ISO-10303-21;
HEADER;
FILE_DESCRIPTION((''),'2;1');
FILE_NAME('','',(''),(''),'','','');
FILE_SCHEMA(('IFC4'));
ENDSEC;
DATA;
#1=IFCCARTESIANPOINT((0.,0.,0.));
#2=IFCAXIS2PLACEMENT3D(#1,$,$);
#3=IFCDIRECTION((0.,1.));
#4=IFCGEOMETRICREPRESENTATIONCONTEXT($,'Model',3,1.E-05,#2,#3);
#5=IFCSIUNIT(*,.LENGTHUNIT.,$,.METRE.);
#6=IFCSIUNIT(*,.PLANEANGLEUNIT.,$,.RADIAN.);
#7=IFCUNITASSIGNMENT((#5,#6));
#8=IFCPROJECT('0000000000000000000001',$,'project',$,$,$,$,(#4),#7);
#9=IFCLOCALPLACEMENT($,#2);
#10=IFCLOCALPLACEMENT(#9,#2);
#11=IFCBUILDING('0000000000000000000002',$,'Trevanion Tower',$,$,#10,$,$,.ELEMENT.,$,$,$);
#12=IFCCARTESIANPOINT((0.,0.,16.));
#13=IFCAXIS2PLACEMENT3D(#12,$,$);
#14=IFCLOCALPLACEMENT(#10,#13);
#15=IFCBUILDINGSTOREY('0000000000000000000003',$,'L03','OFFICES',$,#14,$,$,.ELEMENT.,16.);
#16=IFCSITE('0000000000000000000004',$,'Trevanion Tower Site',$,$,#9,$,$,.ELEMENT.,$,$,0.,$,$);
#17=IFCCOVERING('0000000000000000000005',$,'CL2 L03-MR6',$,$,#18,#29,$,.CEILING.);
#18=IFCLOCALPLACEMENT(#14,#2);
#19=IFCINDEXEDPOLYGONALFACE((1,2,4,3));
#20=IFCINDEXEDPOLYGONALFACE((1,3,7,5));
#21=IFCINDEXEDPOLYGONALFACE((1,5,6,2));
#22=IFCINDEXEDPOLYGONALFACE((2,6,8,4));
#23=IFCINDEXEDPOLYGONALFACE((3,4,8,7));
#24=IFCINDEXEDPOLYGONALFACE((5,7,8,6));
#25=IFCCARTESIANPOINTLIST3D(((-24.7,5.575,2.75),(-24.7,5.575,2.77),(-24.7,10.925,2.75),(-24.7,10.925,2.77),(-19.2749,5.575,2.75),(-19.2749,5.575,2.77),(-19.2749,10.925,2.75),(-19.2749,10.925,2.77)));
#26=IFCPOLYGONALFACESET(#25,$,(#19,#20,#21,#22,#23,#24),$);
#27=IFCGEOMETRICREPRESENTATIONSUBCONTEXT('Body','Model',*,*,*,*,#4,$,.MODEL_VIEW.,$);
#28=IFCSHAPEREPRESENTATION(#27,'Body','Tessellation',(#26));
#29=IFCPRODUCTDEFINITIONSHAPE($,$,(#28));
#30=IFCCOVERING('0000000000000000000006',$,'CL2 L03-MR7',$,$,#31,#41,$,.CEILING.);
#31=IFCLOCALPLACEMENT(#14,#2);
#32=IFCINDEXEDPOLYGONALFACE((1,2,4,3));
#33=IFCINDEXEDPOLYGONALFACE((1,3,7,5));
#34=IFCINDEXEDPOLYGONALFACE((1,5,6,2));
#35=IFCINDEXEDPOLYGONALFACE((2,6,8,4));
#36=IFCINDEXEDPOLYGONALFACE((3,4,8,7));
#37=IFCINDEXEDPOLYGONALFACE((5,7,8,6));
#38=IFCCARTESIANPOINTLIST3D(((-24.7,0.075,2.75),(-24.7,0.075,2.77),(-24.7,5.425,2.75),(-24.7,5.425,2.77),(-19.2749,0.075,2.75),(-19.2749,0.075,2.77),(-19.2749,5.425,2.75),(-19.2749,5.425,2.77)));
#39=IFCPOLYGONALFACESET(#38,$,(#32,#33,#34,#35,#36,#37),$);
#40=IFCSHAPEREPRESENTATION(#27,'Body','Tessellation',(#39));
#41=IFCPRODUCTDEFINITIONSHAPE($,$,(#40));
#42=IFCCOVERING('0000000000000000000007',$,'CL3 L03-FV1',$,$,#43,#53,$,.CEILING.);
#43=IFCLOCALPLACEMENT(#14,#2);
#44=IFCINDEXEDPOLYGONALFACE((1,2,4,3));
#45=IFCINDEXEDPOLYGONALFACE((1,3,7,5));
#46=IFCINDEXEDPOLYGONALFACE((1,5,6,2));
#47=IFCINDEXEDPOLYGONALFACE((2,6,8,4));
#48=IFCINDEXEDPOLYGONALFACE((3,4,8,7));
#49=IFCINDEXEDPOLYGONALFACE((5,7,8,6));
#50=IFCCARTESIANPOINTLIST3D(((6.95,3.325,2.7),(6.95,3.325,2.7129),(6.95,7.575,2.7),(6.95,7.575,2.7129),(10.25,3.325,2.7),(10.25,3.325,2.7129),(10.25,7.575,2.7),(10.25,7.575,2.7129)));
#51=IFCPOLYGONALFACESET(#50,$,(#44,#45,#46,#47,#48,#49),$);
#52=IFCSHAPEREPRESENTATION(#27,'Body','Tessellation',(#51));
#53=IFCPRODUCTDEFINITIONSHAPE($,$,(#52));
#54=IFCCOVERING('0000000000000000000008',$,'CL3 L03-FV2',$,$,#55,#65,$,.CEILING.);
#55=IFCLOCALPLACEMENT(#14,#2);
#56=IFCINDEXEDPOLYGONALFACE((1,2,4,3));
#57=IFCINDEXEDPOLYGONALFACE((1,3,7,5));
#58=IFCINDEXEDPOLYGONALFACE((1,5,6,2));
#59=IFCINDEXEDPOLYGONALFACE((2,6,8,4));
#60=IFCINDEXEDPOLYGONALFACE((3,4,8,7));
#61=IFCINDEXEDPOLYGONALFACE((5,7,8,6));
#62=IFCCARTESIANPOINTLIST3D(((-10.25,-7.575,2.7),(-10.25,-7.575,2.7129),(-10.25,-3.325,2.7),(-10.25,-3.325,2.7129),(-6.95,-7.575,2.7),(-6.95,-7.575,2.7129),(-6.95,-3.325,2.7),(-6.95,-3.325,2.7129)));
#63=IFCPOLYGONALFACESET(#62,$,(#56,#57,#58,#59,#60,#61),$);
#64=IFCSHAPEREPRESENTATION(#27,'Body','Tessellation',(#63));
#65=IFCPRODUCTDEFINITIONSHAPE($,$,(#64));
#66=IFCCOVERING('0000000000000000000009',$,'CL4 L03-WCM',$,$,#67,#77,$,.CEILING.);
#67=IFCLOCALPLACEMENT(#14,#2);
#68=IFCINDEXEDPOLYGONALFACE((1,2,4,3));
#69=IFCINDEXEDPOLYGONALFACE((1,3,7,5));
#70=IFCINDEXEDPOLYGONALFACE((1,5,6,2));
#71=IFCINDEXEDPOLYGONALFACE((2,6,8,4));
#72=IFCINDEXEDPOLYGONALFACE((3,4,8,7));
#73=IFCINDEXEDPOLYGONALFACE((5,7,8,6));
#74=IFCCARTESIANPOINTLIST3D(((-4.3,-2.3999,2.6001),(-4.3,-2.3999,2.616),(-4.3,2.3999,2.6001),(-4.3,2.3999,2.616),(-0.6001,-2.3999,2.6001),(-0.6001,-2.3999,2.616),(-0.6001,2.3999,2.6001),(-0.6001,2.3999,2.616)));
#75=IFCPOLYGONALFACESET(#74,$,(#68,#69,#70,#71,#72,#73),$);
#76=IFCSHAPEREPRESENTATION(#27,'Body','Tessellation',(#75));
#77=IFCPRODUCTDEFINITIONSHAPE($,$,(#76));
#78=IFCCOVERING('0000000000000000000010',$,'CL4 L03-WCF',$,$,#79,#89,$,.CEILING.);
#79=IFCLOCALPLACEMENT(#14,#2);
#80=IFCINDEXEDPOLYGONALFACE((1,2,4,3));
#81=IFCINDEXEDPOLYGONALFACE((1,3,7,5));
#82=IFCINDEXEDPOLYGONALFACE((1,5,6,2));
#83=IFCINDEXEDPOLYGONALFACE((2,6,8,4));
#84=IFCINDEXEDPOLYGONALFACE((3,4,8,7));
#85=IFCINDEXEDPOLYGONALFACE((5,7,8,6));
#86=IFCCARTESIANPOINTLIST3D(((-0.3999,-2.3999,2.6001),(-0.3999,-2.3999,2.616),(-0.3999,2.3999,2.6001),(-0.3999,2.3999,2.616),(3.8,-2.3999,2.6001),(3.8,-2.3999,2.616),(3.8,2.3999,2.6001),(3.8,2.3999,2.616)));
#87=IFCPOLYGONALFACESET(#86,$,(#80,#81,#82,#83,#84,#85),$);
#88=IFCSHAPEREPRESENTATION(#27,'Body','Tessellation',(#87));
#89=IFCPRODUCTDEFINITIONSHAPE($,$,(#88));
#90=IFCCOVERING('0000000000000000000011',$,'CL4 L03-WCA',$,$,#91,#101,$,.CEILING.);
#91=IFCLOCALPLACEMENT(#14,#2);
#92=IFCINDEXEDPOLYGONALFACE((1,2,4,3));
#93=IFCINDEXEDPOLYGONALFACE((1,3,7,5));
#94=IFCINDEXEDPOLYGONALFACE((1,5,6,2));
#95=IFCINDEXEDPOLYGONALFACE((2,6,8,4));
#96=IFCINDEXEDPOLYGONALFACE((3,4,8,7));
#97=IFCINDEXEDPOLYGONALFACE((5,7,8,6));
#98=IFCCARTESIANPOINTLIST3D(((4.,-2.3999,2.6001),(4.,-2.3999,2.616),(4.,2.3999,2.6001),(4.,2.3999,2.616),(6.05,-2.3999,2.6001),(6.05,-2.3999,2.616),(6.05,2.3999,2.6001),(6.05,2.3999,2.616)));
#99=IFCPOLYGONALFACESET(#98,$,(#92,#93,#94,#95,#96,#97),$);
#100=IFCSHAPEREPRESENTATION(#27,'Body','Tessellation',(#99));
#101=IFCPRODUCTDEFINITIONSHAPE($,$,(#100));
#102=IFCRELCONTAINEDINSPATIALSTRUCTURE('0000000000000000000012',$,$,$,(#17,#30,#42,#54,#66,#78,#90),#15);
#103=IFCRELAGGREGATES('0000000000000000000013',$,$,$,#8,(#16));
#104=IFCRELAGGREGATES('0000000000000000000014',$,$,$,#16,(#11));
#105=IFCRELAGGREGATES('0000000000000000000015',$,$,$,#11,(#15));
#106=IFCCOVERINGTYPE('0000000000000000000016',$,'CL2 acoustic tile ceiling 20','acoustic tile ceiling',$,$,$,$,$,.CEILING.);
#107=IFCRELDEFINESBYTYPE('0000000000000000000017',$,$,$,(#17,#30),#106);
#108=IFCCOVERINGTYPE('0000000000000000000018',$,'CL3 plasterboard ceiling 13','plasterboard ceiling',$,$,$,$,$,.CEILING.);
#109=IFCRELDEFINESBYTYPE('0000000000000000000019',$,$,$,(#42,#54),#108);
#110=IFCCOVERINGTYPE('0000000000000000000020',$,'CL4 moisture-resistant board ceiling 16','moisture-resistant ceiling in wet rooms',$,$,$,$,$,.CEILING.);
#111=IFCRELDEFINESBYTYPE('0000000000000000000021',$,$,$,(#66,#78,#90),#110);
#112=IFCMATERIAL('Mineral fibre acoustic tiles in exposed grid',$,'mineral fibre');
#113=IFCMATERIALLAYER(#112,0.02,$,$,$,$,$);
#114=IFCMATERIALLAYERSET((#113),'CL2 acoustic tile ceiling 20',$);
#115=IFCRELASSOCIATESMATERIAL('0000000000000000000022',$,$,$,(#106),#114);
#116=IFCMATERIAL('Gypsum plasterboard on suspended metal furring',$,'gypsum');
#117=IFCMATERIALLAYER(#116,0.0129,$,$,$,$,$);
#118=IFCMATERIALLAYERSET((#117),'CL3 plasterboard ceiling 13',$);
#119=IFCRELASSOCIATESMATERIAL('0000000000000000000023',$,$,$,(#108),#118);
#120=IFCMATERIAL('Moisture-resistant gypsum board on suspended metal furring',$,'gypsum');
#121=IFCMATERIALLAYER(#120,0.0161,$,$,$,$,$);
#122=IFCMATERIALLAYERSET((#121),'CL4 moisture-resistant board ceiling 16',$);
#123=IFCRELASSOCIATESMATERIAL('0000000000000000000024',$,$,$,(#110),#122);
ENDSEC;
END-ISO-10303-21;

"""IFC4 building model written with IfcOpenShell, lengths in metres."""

from ifc_helpers import new_model, si_unit, direction, frame, origin, place, context, subcontext, project, spatial, polyline, outline, extrude, material, layer, layer_set, type_object, element, save


model = new_model("IFC4")

# Units and contexts
model_context = context("Model", 3, precision=1e-05, world=origin(), true_north=direction((0.0, 1.0)))
body_context = subcontext(model_context, "Body", "Model", "MODEL_VIEW")
ifc_project = project(units=[si_unit("LENGTHUNIT", "METRE"), si_unit("PLANEANGLEUNIT", "RADIAN")], contexts=[model_context])

# Site, building, storey
site_placement = place(None, origin())
site = spatial("IfcSite", under=ifc_project, at=site_placement, Name="Trevanion Tower Site", CompositionType="ELEMENT", RefElevation=0.0)
building_placement = place(site_placement, origin())
building = spatial("IfcBuilding", under=site, at=building_placement, Name="Trevanion Tower", CompositionType="ELEMENT")
storey_placement = place(building_placement, frame((0.0, 0.0, 16.0)))
storey = spatial("IfcBuildingStorey", under=building, at=storey_placement, Name="L03", Description="OFFICES", CompositionType="ELEMENT", Elevation=16.0)

# Coverings
ifc_material_1 = material(Name="Mineral fibre acoustic tiles in exposed grid", Category="mineral fibre")
ifc_layer_1 = layer(ifc_material_1, 0.02)
ifc_layer_set_1 = layer_set([ifc_layer_1], Name="CL2 acoustic tile ceiling 20")
covering_type_1 = type_object("IfcCoveringType", Name="CL2 acoustic tile ceiling 20", Description="acoustic tile ceiling", PredefinedType="CEILING", material=ifc_layer_set_1)
covering_1_placement = place(storey_placement, frame((0.0, 0.0, 2.75)))
element("IfcCovering", 1, at=covering_1_placement, inside=storey, type_object=covering_type_1, Name="CL2 L03-MR6", PredefinedType="CEILING", context=body_context, shape_type="SweptSolid", body=[
    extrude(outline(polyline([(-19.2749, 10.925), (-19.2749, 5.575), (-24.7, 5.575), (-24.7, 10.925), (-19.2749, 10.925)])), origin(), (0.0, 0.0, 1.0), 0.02),
])
covering_2_placement = place(storey_placement, frame((0.0, 0.0, 2.75)))
element("IfcCovering", 2, at=covering_2_placement, inside=storey, type_object=covering_type_1, Name="CL2 L03-MR7", PredefinedType="CEILING", context=body_context, shape_type="SweptSolid", body=[
    extrude(outline(polyline([(-19.2749, 5.425), (-19.2749, 0.075), (-24.7, 0.075), (-24.7, 5.425), (-19.2749, 5.425)])), origin(), (0.0, 0.0, 1.0), 0.02),
])
ifc_material_2 = material(Name="Gypsum plasterboard on suspended metal furring", Category="gypsum")
ifc_layer_2 = layer(ifc_material_2, 0.0129)
ifc_layer_set_2 = layer_set([ifc_layer_2], Name="CL3 plasterboard ceiling 13")
covering_type_2 = type_object("IfcCoveringType", Name="CL3 plasterboard ceiling 13", Description="plasterboard ceiling", PredefinedType="CEILING", material=ifc_layer_set_2)
covering_3_placement = place(storey_placement, frame((0.0, 0.0, 2.7)))
element("IfcCovering", 3, at=covering_3_placement, inside=storey, type_object=covering_type_2, Name="CL3 L03-FV1", PredefinedType="CEILING", context=body_context, shape_type="SweptSolid", body=[
    extrude(outline(polyline([(10.25, 3.325), (10.25, 7.575), (6.95, 7.575), (6.95, 3.325), (10.25, 3.325)])), origin(), (0.0, 0.0, 1.0), 0.0129),
])
covering_4_placement = place(storey_placement, frame((0.0, 0.0, 2.7)))
element("IfcCovering", 4, at=covering_4_placement, inside=storey, type_object=covering_type_2, Name="CL3 L03-FV2", PredefinedType="CEILING", context=body_context, shape_type="SweptSolid", body=[
    extrude(outline(polyline([(-10.25, -3.325), (-10.25, -7.575), (-6.95, -7.575), (-6.95, -3.325), (-10.25, -3.325)])), origin(), (0.0, 0.0, 1.0), 0.0129),
])
ifc_material_3 = material(Name="Moisture-resistant gypsum board on suspended metal furring", Category="gypsum")
ifc_layer_3 = layer(ifc_material_3, 0.0161)
ifc_layer_set_3 = layer_set([ifc_layer_3], Name="CL4 moisture-resistant board ceiling 16")
covering_type_3 = type_object("IfcCoveringType", Name="CL4 moisture-resistant board ceiling 16", Description="moisture-resistant ceiling in wet rooms", PredefinedType="CEILING", material=ifc_layer_set_3)
covering_5_placement = place(storey_placement, frame((0.0, 0.0, 2.6001)))
element("IfcCovering", 5, at=covering_5_placement, inside=storey, type_object=covering_type_3, Name="CL4 L03-WCM", PredefinedType="CEILING", context=body_context, shape_type="SweptSolid", body=[
    extrude(outline(polyline([(-0.6001, -2.3999), (-0.6001, 2.3999), (-4.3, 2.3999), (-4.3, -2.3999), (-0.6001, -2.3999)])), origin(), (0.0, 0.0, 1.0), 0.0159),
])
covering_6_placement = place(storey_placement, frame((0.0, 0.0, 2.6001)))
element("IfcCovering", 6, at=covering_6_placement, inside=storey, type_object=covering_type_3, Name="CL4 L03-WCF", PredefinedType="CEILING", context=body_context, shape_type="SweptSolid", body=[
    extrude(outline(polyline([(3.8, -2.3999), (3.8, 2.3999), (-0.3999, 2.3999), (-0.3999, -2.3999), (3.8, -2.3999)])), origin(), (0.0, 0.0, 1.0), 0.0159),
])
covering_7_placement = place(storey_placement, frame((0.0, 0.0, 2.6001)))
element("IfcCovering", 7, at=covering_7_placement, inside=storey, type_object=covering_type_3, Name="CL4 L03-WCA", PredefinedType="CEILING", context=body_context, shape_type="SweptSolid", body=[
    extrude(outline(polyline([(6.05, -2.3999), (6.05, 2.3999), (4.0, 2.3999), (4.0, -2.3999), (6.05, -2.3999)])), origin(), (0.0, 0.0, 1.0), 0.0159),
])

save(model, "model.ifc")
